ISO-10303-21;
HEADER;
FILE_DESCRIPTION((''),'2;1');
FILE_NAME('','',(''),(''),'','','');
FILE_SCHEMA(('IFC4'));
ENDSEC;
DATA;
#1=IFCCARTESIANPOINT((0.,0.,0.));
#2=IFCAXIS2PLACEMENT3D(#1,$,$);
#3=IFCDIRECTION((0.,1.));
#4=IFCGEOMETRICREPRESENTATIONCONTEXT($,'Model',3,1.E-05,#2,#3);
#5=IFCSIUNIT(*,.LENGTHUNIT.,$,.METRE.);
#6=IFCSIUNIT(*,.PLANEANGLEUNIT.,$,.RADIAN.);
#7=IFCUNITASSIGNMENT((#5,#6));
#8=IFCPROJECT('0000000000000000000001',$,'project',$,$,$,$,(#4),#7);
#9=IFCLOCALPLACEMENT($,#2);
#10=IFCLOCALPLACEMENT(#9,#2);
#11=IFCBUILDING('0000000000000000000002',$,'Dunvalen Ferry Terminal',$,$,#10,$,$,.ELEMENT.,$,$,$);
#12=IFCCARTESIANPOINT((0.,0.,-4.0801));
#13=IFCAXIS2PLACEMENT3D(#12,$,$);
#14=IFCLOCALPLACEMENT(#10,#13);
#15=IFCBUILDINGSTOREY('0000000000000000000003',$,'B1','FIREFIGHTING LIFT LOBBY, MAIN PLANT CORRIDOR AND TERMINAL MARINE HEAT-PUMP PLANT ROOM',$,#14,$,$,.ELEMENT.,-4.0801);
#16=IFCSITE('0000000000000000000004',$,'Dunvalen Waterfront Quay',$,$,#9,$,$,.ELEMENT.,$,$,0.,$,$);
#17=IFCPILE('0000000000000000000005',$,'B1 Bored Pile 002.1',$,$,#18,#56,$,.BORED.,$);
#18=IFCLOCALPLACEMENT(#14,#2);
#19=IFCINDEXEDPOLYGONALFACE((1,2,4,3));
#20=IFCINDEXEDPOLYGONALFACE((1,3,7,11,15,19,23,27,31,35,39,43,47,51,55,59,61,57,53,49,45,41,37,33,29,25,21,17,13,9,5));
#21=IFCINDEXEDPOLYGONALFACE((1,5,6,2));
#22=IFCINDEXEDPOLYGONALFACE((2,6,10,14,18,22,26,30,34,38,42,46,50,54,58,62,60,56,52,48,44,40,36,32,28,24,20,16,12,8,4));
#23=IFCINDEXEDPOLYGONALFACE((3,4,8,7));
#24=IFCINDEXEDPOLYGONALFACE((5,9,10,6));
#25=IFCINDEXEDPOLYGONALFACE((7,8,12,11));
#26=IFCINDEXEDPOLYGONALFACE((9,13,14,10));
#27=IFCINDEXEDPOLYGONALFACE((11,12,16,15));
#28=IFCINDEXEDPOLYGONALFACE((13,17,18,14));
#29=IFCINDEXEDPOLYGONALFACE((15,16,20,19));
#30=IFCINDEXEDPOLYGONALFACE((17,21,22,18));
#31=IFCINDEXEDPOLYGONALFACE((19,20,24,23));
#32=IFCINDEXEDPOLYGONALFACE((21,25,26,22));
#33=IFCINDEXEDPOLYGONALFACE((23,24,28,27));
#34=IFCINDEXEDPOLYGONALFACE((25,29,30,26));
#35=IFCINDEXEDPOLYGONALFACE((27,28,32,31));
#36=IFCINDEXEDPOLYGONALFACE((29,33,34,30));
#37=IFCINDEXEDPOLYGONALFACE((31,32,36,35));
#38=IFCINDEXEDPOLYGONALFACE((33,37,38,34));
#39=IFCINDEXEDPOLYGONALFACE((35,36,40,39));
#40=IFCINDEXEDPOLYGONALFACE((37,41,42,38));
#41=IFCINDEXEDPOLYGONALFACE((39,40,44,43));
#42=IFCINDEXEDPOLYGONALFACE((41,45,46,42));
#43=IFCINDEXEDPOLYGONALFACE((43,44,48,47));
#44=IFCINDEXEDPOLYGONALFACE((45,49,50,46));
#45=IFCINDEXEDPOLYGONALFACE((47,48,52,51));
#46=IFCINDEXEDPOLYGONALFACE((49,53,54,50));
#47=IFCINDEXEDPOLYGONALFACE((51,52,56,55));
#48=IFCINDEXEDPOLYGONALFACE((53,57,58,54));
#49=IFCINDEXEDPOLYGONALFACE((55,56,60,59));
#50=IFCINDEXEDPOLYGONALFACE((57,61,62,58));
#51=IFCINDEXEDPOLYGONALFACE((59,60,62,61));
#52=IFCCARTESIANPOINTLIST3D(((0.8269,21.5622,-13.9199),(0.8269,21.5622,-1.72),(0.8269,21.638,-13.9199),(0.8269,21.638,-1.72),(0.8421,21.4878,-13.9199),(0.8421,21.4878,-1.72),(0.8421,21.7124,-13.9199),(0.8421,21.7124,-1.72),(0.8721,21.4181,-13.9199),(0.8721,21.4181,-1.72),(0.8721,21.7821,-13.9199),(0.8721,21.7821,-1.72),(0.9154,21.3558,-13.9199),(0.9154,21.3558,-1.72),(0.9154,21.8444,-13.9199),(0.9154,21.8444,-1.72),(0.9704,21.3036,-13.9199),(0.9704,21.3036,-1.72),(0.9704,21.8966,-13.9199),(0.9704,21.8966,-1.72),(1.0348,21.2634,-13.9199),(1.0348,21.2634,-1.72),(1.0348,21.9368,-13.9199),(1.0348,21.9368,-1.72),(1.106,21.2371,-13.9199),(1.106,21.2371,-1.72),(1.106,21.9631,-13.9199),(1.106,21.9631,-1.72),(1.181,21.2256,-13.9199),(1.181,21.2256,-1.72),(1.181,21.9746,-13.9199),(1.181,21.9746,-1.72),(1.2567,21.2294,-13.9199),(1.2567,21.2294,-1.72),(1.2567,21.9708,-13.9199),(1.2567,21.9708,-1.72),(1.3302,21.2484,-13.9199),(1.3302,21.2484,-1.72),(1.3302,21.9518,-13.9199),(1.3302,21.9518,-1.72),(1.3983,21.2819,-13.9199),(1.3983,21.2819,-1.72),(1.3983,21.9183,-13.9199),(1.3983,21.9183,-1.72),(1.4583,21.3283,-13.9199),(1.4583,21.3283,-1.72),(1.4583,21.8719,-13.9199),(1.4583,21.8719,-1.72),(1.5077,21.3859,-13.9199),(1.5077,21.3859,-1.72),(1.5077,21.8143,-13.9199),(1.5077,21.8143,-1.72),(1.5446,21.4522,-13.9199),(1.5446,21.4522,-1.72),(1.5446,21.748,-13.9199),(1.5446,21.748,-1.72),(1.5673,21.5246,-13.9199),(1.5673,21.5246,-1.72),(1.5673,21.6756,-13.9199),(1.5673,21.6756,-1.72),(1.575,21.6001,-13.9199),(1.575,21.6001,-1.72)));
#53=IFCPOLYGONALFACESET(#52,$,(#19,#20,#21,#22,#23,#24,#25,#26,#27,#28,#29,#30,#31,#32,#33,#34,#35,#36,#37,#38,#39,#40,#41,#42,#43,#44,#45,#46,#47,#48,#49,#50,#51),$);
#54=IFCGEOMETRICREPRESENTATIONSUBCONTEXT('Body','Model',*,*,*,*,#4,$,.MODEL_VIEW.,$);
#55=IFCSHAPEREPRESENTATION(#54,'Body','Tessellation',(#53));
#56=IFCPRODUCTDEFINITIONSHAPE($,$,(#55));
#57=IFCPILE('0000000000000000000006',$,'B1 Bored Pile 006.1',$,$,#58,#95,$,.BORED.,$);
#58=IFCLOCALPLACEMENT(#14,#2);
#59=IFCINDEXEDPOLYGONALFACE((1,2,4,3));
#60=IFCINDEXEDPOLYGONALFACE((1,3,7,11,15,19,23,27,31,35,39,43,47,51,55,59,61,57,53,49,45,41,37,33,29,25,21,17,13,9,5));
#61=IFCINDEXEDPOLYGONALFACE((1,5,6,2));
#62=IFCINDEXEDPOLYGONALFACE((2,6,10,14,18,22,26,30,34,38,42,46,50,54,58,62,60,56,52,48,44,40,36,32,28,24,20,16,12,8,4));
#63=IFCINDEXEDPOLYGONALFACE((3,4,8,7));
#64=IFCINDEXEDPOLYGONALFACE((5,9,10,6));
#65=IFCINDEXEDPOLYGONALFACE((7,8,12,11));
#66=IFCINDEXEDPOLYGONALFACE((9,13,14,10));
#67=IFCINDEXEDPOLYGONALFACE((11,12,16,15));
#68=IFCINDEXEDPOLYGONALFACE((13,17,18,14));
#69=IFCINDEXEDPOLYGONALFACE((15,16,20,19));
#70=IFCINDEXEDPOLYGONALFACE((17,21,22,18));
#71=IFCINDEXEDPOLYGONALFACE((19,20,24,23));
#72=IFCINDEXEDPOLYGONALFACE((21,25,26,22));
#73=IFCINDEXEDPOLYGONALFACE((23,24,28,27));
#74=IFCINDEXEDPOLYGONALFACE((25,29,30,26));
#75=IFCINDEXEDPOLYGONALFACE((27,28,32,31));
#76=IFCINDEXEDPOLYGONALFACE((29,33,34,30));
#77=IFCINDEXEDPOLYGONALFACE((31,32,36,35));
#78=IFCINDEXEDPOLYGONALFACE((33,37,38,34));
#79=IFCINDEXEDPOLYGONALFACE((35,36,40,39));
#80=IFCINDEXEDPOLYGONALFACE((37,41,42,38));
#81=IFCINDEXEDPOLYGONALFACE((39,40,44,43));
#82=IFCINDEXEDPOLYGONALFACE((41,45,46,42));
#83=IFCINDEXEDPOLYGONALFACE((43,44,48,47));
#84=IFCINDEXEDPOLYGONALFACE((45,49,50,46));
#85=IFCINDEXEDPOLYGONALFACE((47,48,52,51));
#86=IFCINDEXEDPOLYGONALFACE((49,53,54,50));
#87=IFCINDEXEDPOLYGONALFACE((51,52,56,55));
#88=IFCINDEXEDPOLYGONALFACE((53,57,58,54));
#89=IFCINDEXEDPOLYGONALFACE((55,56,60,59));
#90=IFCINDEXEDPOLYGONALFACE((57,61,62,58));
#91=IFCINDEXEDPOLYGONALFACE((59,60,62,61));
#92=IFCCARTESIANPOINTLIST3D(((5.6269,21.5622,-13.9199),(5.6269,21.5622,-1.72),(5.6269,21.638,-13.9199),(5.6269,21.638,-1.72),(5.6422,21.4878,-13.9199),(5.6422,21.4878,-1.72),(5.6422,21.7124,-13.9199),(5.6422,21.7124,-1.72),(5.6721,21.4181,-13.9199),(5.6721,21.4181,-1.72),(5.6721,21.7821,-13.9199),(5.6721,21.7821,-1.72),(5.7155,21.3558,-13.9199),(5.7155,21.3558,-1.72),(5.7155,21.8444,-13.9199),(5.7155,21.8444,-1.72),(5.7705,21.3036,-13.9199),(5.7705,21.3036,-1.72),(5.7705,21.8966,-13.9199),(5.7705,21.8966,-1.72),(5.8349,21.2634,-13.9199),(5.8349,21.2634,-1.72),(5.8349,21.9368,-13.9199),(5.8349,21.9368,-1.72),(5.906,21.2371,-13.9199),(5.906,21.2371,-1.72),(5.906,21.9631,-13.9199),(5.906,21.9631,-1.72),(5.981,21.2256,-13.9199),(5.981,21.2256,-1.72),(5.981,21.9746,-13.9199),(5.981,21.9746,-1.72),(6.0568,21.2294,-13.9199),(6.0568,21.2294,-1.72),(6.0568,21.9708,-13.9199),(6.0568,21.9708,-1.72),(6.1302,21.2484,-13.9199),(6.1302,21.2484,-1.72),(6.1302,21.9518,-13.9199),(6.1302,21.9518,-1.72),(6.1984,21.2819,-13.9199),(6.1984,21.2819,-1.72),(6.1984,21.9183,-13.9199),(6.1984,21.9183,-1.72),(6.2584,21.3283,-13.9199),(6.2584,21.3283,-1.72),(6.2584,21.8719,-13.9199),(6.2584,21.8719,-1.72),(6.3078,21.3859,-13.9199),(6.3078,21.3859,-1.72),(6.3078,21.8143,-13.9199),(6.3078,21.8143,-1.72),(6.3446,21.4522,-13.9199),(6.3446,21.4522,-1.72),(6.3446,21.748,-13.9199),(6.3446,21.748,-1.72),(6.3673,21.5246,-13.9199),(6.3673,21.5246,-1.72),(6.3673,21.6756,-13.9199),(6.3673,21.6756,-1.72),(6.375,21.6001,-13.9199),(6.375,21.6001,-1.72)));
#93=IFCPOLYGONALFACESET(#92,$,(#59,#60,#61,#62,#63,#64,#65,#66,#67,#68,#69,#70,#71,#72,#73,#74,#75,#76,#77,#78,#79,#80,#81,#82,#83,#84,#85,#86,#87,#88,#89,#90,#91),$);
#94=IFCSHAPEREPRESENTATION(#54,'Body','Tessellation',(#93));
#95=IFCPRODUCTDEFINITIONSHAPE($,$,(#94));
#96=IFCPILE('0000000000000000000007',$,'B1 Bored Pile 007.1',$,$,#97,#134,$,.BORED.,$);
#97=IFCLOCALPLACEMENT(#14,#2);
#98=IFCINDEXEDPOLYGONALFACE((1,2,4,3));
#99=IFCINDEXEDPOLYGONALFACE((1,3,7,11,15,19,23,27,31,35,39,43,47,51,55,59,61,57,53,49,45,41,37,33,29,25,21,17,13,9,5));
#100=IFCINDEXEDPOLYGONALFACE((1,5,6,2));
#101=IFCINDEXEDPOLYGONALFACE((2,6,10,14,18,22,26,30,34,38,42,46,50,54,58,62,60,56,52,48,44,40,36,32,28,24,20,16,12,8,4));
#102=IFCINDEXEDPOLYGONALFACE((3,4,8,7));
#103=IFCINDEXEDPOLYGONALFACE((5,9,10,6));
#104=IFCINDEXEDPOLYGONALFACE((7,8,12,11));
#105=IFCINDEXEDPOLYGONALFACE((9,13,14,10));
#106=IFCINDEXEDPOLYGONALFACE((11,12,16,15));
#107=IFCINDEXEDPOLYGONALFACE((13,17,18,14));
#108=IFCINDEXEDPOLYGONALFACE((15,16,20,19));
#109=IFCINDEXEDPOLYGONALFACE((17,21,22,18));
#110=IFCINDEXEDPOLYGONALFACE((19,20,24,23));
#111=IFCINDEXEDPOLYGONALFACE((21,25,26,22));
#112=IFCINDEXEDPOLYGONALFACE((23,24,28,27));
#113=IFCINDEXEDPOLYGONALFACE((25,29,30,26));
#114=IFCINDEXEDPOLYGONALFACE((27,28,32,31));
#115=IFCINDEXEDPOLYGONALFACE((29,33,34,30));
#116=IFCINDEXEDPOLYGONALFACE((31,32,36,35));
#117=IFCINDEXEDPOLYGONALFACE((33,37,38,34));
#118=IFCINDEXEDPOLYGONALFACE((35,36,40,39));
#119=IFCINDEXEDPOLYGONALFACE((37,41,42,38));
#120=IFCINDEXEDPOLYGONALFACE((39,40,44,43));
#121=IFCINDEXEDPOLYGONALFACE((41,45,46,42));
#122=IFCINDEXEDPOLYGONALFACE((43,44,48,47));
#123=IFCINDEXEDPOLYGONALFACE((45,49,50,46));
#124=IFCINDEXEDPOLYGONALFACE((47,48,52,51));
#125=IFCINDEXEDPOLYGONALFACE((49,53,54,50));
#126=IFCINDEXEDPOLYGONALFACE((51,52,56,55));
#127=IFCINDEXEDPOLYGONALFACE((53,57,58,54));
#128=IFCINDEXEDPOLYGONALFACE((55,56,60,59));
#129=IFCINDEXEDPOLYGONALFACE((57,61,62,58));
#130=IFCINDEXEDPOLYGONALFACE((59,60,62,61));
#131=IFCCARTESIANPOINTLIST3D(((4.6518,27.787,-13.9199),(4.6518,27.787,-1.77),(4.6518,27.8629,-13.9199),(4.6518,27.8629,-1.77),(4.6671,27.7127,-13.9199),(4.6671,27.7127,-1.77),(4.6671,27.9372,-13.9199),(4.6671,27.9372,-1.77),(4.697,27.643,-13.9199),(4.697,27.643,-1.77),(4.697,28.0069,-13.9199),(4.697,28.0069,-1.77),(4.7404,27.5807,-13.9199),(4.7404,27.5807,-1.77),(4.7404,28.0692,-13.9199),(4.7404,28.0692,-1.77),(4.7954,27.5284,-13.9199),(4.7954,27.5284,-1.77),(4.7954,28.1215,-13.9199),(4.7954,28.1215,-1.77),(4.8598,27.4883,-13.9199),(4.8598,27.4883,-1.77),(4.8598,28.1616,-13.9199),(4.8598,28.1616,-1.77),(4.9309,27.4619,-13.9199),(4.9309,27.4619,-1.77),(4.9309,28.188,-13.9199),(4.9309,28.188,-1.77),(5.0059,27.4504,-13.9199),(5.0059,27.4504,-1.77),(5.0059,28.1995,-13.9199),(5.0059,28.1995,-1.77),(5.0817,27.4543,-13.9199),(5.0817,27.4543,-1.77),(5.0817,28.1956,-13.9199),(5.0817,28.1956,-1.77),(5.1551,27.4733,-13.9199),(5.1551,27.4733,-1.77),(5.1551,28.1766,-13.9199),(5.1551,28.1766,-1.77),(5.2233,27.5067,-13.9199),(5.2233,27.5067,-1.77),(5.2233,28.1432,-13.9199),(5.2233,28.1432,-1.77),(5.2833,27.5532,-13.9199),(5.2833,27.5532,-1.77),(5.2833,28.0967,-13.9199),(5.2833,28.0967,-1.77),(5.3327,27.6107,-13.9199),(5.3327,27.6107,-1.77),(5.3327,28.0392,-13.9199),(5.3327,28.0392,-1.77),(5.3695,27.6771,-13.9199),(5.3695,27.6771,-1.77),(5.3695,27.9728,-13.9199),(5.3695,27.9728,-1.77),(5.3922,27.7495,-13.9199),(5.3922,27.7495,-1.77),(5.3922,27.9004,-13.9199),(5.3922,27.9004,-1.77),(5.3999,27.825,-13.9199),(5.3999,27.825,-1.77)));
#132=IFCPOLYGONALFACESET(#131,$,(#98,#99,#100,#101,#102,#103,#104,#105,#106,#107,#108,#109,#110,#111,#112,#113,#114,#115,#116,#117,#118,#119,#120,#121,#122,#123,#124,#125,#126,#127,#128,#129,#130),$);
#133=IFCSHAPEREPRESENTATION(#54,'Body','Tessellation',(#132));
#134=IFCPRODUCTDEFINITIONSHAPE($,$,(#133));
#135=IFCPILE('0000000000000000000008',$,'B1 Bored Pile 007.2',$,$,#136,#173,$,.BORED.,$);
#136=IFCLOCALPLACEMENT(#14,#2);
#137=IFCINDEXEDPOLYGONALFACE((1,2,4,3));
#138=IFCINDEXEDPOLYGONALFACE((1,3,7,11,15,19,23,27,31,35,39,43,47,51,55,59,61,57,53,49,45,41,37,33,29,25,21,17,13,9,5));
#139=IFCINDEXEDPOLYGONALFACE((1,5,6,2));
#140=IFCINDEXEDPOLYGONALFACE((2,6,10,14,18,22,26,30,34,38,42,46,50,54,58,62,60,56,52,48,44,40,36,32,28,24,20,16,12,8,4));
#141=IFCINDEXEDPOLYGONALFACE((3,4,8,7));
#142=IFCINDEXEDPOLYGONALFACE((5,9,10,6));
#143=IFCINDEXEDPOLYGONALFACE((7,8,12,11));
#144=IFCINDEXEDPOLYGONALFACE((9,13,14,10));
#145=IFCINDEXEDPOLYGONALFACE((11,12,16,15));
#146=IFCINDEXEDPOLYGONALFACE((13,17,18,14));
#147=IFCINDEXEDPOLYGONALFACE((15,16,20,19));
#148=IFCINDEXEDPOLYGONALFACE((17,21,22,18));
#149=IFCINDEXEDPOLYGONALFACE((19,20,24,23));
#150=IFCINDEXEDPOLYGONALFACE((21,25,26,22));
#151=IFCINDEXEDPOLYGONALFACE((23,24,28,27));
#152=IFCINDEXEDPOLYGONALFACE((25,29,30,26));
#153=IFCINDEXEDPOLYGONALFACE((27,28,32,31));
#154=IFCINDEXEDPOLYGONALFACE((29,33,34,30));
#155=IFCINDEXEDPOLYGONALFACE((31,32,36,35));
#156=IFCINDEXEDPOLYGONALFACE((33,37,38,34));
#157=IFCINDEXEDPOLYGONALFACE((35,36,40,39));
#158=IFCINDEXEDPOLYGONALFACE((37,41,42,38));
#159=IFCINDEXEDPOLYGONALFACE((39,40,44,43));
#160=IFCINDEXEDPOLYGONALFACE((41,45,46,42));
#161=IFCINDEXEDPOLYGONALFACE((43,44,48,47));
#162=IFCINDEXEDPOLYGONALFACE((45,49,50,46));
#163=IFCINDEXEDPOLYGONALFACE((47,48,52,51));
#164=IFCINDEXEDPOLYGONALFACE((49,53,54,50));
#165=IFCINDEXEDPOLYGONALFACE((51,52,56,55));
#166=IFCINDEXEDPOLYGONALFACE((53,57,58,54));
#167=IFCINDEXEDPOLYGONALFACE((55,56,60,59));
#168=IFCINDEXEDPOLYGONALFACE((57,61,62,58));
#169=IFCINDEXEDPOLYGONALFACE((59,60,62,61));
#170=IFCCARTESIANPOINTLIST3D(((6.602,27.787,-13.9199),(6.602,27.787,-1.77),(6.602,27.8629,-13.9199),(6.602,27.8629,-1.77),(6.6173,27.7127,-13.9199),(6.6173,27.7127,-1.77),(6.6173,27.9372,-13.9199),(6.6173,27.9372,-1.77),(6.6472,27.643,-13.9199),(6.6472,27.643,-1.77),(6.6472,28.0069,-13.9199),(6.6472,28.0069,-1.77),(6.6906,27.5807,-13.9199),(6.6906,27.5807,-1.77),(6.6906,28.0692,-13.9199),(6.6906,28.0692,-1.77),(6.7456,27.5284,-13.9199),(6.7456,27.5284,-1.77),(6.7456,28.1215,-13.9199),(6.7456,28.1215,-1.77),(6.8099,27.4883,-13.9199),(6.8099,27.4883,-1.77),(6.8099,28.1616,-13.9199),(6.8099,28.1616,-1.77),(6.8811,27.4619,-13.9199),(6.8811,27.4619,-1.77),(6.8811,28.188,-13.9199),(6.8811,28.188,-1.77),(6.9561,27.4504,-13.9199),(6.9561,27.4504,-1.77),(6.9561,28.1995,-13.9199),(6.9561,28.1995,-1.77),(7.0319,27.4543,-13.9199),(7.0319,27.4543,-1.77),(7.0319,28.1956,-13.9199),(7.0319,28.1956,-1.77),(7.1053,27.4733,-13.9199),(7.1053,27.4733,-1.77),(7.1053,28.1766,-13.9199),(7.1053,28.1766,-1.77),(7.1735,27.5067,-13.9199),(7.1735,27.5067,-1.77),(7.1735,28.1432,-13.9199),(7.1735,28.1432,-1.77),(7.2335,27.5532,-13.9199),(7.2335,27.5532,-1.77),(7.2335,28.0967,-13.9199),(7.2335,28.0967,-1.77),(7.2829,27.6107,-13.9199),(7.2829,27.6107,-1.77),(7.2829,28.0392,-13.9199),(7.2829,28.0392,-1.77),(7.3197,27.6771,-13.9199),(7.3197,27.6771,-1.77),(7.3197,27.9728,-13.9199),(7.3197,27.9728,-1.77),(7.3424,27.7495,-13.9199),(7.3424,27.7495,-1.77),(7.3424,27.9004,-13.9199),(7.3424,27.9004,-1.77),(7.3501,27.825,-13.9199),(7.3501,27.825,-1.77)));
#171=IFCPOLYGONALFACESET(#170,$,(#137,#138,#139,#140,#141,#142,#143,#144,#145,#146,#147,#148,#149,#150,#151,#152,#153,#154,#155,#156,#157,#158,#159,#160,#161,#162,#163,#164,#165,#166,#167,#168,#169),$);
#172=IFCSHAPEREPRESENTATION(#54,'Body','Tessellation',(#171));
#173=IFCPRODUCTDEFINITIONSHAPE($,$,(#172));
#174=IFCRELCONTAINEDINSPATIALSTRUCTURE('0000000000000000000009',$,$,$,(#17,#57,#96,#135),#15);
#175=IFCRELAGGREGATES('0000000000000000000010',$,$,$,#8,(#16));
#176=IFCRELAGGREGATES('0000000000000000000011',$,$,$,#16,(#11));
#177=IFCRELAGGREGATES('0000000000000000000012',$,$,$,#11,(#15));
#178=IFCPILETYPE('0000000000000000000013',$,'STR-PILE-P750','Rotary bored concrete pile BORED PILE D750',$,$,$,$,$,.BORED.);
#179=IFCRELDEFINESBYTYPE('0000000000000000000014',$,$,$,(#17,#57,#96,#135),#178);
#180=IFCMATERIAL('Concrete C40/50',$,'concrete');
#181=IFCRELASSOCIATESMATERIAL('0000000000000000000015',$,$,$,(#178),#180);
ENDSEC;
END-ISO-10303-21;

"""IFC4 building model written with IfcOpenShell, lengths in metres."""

from ifc_helpers import new_model, si_unit, direction, frame, origin, origin_2d, place, context, subcontext, project, spatial, circle, extrude, material, material_profile, profile_set, type_object, element, save


model = new_model("IFC4")

# Units and contexts
model_context = context("Model", 3, precision=1e-05, world=origin(), true_north=direction((0.0, 1.0)))
body_context = subcontext(model_context, "Body", "Model", "MODEL_VIEW")
ifc_project = project(units=[si_unit("LENGTHUNIT", "METRE"), si_unit("PLANEANGLEUNIT", "RADIAN")], contexts=[model_context])

# Site, building, storey
site_placement = place(None, origin())
site = spatial("IfcSite", under=ifc_project, at=site_placement, Name="Dunvalen Waterfront Quay", CompositionType="ELEMENT", RefElevation=0.0)
building_placement = place(site_placement, origin())
building = spatial("IfcBuilding", under=site, at=building_placement, Name="Dunvalen Ferry Terminal", CompositionType="ELEMENT")
storey_placement = place(building_placement, frame((0.0, 0.0, -4.0801)))
storey = spatial("IfcBuildingStorey", under=building, at=storey_placement, Name="B1", Description="FIREFIGHTING LIFT LOBBY, MAIN PLANT CORRIDOR AND TERMINAL MARINE HEAT-PUMP PLANT ROOM", CompositionType="ELEMENT", Elevation=-4.0801)

# Shared definitions
ifc_material_1 = material(Name="Concrete C40/50", Category="concrete")

# Piles
ifc_material_profile_1 = material_profile(ifc_material_1, circle(Radius=0.375, at=origin_2d()), Name="Concrete C40/50")
ifc_profile_set_1 = profile_set([ifc_material_profile_1], Name="Concrete C40/50")
pile_type_1 = type_object("IfcPileType", Name="STR-PILE-P750", Description="Rotary bored concrete pile BORED PILE D750", PredefinedType="BORED", material=ifc_profile_set_1)
for number, where, z_axis, x_axis, name in (
    (1, (1.2, 21.6001, -1.72), (0.0, 0.0, -1.0), (1.0, 0.0, 0.0), "B1 Bored Pile 002.1"),
    (2, (6.0, 21.6001, -1.72), (0.0, 0.0, -1.0), (1.0, 0.0, 0.0), "B1 Bored Pile 006.1"),
):
    element("IfcPile", number, at=place(storey_placement, frame(where, z_axis=z_axis, x_axis=x_axis)), inside=storey, type_object=pile_type_1, Name=name, PredefinedType="BORED", context=body_context, shape_type="SweptSolid", body=[
        extrude(circle(Radius=0.375, at=origin_2d()), origin(), (0.0, 0.0, 1.0), 12.2),
    ])
for number, where, z_axis, x_axis, name in (
    (3, (5.0249, 27.825, -1.77), (0.0, 0.0, -1.0), (1.0, 0.0, 0.0), "B1 Bored Pile 007.1"),
    (4, (6.9751, 27.825, -1.77), (0.0, 0.0, -1.0), (1.0, 0.0, 0.0), "B1 Bored Pile 007.2"),
):
    element("IfcPile", number, at=place(storey_placement, frame(where, z_axis=z_axis, x_axis=x_axis)), inside=storey, type_object=pile_type_1, Name=name, PredefinedType="BORED", context=body_context, shape_type="SweptSolid", body=[
        extrude(circle(Radius=0.375, at=origin_2d()), origin(), (0.0, 0.0, 1.0), 12.1499),
    ])

save(model, "model.ifc")
